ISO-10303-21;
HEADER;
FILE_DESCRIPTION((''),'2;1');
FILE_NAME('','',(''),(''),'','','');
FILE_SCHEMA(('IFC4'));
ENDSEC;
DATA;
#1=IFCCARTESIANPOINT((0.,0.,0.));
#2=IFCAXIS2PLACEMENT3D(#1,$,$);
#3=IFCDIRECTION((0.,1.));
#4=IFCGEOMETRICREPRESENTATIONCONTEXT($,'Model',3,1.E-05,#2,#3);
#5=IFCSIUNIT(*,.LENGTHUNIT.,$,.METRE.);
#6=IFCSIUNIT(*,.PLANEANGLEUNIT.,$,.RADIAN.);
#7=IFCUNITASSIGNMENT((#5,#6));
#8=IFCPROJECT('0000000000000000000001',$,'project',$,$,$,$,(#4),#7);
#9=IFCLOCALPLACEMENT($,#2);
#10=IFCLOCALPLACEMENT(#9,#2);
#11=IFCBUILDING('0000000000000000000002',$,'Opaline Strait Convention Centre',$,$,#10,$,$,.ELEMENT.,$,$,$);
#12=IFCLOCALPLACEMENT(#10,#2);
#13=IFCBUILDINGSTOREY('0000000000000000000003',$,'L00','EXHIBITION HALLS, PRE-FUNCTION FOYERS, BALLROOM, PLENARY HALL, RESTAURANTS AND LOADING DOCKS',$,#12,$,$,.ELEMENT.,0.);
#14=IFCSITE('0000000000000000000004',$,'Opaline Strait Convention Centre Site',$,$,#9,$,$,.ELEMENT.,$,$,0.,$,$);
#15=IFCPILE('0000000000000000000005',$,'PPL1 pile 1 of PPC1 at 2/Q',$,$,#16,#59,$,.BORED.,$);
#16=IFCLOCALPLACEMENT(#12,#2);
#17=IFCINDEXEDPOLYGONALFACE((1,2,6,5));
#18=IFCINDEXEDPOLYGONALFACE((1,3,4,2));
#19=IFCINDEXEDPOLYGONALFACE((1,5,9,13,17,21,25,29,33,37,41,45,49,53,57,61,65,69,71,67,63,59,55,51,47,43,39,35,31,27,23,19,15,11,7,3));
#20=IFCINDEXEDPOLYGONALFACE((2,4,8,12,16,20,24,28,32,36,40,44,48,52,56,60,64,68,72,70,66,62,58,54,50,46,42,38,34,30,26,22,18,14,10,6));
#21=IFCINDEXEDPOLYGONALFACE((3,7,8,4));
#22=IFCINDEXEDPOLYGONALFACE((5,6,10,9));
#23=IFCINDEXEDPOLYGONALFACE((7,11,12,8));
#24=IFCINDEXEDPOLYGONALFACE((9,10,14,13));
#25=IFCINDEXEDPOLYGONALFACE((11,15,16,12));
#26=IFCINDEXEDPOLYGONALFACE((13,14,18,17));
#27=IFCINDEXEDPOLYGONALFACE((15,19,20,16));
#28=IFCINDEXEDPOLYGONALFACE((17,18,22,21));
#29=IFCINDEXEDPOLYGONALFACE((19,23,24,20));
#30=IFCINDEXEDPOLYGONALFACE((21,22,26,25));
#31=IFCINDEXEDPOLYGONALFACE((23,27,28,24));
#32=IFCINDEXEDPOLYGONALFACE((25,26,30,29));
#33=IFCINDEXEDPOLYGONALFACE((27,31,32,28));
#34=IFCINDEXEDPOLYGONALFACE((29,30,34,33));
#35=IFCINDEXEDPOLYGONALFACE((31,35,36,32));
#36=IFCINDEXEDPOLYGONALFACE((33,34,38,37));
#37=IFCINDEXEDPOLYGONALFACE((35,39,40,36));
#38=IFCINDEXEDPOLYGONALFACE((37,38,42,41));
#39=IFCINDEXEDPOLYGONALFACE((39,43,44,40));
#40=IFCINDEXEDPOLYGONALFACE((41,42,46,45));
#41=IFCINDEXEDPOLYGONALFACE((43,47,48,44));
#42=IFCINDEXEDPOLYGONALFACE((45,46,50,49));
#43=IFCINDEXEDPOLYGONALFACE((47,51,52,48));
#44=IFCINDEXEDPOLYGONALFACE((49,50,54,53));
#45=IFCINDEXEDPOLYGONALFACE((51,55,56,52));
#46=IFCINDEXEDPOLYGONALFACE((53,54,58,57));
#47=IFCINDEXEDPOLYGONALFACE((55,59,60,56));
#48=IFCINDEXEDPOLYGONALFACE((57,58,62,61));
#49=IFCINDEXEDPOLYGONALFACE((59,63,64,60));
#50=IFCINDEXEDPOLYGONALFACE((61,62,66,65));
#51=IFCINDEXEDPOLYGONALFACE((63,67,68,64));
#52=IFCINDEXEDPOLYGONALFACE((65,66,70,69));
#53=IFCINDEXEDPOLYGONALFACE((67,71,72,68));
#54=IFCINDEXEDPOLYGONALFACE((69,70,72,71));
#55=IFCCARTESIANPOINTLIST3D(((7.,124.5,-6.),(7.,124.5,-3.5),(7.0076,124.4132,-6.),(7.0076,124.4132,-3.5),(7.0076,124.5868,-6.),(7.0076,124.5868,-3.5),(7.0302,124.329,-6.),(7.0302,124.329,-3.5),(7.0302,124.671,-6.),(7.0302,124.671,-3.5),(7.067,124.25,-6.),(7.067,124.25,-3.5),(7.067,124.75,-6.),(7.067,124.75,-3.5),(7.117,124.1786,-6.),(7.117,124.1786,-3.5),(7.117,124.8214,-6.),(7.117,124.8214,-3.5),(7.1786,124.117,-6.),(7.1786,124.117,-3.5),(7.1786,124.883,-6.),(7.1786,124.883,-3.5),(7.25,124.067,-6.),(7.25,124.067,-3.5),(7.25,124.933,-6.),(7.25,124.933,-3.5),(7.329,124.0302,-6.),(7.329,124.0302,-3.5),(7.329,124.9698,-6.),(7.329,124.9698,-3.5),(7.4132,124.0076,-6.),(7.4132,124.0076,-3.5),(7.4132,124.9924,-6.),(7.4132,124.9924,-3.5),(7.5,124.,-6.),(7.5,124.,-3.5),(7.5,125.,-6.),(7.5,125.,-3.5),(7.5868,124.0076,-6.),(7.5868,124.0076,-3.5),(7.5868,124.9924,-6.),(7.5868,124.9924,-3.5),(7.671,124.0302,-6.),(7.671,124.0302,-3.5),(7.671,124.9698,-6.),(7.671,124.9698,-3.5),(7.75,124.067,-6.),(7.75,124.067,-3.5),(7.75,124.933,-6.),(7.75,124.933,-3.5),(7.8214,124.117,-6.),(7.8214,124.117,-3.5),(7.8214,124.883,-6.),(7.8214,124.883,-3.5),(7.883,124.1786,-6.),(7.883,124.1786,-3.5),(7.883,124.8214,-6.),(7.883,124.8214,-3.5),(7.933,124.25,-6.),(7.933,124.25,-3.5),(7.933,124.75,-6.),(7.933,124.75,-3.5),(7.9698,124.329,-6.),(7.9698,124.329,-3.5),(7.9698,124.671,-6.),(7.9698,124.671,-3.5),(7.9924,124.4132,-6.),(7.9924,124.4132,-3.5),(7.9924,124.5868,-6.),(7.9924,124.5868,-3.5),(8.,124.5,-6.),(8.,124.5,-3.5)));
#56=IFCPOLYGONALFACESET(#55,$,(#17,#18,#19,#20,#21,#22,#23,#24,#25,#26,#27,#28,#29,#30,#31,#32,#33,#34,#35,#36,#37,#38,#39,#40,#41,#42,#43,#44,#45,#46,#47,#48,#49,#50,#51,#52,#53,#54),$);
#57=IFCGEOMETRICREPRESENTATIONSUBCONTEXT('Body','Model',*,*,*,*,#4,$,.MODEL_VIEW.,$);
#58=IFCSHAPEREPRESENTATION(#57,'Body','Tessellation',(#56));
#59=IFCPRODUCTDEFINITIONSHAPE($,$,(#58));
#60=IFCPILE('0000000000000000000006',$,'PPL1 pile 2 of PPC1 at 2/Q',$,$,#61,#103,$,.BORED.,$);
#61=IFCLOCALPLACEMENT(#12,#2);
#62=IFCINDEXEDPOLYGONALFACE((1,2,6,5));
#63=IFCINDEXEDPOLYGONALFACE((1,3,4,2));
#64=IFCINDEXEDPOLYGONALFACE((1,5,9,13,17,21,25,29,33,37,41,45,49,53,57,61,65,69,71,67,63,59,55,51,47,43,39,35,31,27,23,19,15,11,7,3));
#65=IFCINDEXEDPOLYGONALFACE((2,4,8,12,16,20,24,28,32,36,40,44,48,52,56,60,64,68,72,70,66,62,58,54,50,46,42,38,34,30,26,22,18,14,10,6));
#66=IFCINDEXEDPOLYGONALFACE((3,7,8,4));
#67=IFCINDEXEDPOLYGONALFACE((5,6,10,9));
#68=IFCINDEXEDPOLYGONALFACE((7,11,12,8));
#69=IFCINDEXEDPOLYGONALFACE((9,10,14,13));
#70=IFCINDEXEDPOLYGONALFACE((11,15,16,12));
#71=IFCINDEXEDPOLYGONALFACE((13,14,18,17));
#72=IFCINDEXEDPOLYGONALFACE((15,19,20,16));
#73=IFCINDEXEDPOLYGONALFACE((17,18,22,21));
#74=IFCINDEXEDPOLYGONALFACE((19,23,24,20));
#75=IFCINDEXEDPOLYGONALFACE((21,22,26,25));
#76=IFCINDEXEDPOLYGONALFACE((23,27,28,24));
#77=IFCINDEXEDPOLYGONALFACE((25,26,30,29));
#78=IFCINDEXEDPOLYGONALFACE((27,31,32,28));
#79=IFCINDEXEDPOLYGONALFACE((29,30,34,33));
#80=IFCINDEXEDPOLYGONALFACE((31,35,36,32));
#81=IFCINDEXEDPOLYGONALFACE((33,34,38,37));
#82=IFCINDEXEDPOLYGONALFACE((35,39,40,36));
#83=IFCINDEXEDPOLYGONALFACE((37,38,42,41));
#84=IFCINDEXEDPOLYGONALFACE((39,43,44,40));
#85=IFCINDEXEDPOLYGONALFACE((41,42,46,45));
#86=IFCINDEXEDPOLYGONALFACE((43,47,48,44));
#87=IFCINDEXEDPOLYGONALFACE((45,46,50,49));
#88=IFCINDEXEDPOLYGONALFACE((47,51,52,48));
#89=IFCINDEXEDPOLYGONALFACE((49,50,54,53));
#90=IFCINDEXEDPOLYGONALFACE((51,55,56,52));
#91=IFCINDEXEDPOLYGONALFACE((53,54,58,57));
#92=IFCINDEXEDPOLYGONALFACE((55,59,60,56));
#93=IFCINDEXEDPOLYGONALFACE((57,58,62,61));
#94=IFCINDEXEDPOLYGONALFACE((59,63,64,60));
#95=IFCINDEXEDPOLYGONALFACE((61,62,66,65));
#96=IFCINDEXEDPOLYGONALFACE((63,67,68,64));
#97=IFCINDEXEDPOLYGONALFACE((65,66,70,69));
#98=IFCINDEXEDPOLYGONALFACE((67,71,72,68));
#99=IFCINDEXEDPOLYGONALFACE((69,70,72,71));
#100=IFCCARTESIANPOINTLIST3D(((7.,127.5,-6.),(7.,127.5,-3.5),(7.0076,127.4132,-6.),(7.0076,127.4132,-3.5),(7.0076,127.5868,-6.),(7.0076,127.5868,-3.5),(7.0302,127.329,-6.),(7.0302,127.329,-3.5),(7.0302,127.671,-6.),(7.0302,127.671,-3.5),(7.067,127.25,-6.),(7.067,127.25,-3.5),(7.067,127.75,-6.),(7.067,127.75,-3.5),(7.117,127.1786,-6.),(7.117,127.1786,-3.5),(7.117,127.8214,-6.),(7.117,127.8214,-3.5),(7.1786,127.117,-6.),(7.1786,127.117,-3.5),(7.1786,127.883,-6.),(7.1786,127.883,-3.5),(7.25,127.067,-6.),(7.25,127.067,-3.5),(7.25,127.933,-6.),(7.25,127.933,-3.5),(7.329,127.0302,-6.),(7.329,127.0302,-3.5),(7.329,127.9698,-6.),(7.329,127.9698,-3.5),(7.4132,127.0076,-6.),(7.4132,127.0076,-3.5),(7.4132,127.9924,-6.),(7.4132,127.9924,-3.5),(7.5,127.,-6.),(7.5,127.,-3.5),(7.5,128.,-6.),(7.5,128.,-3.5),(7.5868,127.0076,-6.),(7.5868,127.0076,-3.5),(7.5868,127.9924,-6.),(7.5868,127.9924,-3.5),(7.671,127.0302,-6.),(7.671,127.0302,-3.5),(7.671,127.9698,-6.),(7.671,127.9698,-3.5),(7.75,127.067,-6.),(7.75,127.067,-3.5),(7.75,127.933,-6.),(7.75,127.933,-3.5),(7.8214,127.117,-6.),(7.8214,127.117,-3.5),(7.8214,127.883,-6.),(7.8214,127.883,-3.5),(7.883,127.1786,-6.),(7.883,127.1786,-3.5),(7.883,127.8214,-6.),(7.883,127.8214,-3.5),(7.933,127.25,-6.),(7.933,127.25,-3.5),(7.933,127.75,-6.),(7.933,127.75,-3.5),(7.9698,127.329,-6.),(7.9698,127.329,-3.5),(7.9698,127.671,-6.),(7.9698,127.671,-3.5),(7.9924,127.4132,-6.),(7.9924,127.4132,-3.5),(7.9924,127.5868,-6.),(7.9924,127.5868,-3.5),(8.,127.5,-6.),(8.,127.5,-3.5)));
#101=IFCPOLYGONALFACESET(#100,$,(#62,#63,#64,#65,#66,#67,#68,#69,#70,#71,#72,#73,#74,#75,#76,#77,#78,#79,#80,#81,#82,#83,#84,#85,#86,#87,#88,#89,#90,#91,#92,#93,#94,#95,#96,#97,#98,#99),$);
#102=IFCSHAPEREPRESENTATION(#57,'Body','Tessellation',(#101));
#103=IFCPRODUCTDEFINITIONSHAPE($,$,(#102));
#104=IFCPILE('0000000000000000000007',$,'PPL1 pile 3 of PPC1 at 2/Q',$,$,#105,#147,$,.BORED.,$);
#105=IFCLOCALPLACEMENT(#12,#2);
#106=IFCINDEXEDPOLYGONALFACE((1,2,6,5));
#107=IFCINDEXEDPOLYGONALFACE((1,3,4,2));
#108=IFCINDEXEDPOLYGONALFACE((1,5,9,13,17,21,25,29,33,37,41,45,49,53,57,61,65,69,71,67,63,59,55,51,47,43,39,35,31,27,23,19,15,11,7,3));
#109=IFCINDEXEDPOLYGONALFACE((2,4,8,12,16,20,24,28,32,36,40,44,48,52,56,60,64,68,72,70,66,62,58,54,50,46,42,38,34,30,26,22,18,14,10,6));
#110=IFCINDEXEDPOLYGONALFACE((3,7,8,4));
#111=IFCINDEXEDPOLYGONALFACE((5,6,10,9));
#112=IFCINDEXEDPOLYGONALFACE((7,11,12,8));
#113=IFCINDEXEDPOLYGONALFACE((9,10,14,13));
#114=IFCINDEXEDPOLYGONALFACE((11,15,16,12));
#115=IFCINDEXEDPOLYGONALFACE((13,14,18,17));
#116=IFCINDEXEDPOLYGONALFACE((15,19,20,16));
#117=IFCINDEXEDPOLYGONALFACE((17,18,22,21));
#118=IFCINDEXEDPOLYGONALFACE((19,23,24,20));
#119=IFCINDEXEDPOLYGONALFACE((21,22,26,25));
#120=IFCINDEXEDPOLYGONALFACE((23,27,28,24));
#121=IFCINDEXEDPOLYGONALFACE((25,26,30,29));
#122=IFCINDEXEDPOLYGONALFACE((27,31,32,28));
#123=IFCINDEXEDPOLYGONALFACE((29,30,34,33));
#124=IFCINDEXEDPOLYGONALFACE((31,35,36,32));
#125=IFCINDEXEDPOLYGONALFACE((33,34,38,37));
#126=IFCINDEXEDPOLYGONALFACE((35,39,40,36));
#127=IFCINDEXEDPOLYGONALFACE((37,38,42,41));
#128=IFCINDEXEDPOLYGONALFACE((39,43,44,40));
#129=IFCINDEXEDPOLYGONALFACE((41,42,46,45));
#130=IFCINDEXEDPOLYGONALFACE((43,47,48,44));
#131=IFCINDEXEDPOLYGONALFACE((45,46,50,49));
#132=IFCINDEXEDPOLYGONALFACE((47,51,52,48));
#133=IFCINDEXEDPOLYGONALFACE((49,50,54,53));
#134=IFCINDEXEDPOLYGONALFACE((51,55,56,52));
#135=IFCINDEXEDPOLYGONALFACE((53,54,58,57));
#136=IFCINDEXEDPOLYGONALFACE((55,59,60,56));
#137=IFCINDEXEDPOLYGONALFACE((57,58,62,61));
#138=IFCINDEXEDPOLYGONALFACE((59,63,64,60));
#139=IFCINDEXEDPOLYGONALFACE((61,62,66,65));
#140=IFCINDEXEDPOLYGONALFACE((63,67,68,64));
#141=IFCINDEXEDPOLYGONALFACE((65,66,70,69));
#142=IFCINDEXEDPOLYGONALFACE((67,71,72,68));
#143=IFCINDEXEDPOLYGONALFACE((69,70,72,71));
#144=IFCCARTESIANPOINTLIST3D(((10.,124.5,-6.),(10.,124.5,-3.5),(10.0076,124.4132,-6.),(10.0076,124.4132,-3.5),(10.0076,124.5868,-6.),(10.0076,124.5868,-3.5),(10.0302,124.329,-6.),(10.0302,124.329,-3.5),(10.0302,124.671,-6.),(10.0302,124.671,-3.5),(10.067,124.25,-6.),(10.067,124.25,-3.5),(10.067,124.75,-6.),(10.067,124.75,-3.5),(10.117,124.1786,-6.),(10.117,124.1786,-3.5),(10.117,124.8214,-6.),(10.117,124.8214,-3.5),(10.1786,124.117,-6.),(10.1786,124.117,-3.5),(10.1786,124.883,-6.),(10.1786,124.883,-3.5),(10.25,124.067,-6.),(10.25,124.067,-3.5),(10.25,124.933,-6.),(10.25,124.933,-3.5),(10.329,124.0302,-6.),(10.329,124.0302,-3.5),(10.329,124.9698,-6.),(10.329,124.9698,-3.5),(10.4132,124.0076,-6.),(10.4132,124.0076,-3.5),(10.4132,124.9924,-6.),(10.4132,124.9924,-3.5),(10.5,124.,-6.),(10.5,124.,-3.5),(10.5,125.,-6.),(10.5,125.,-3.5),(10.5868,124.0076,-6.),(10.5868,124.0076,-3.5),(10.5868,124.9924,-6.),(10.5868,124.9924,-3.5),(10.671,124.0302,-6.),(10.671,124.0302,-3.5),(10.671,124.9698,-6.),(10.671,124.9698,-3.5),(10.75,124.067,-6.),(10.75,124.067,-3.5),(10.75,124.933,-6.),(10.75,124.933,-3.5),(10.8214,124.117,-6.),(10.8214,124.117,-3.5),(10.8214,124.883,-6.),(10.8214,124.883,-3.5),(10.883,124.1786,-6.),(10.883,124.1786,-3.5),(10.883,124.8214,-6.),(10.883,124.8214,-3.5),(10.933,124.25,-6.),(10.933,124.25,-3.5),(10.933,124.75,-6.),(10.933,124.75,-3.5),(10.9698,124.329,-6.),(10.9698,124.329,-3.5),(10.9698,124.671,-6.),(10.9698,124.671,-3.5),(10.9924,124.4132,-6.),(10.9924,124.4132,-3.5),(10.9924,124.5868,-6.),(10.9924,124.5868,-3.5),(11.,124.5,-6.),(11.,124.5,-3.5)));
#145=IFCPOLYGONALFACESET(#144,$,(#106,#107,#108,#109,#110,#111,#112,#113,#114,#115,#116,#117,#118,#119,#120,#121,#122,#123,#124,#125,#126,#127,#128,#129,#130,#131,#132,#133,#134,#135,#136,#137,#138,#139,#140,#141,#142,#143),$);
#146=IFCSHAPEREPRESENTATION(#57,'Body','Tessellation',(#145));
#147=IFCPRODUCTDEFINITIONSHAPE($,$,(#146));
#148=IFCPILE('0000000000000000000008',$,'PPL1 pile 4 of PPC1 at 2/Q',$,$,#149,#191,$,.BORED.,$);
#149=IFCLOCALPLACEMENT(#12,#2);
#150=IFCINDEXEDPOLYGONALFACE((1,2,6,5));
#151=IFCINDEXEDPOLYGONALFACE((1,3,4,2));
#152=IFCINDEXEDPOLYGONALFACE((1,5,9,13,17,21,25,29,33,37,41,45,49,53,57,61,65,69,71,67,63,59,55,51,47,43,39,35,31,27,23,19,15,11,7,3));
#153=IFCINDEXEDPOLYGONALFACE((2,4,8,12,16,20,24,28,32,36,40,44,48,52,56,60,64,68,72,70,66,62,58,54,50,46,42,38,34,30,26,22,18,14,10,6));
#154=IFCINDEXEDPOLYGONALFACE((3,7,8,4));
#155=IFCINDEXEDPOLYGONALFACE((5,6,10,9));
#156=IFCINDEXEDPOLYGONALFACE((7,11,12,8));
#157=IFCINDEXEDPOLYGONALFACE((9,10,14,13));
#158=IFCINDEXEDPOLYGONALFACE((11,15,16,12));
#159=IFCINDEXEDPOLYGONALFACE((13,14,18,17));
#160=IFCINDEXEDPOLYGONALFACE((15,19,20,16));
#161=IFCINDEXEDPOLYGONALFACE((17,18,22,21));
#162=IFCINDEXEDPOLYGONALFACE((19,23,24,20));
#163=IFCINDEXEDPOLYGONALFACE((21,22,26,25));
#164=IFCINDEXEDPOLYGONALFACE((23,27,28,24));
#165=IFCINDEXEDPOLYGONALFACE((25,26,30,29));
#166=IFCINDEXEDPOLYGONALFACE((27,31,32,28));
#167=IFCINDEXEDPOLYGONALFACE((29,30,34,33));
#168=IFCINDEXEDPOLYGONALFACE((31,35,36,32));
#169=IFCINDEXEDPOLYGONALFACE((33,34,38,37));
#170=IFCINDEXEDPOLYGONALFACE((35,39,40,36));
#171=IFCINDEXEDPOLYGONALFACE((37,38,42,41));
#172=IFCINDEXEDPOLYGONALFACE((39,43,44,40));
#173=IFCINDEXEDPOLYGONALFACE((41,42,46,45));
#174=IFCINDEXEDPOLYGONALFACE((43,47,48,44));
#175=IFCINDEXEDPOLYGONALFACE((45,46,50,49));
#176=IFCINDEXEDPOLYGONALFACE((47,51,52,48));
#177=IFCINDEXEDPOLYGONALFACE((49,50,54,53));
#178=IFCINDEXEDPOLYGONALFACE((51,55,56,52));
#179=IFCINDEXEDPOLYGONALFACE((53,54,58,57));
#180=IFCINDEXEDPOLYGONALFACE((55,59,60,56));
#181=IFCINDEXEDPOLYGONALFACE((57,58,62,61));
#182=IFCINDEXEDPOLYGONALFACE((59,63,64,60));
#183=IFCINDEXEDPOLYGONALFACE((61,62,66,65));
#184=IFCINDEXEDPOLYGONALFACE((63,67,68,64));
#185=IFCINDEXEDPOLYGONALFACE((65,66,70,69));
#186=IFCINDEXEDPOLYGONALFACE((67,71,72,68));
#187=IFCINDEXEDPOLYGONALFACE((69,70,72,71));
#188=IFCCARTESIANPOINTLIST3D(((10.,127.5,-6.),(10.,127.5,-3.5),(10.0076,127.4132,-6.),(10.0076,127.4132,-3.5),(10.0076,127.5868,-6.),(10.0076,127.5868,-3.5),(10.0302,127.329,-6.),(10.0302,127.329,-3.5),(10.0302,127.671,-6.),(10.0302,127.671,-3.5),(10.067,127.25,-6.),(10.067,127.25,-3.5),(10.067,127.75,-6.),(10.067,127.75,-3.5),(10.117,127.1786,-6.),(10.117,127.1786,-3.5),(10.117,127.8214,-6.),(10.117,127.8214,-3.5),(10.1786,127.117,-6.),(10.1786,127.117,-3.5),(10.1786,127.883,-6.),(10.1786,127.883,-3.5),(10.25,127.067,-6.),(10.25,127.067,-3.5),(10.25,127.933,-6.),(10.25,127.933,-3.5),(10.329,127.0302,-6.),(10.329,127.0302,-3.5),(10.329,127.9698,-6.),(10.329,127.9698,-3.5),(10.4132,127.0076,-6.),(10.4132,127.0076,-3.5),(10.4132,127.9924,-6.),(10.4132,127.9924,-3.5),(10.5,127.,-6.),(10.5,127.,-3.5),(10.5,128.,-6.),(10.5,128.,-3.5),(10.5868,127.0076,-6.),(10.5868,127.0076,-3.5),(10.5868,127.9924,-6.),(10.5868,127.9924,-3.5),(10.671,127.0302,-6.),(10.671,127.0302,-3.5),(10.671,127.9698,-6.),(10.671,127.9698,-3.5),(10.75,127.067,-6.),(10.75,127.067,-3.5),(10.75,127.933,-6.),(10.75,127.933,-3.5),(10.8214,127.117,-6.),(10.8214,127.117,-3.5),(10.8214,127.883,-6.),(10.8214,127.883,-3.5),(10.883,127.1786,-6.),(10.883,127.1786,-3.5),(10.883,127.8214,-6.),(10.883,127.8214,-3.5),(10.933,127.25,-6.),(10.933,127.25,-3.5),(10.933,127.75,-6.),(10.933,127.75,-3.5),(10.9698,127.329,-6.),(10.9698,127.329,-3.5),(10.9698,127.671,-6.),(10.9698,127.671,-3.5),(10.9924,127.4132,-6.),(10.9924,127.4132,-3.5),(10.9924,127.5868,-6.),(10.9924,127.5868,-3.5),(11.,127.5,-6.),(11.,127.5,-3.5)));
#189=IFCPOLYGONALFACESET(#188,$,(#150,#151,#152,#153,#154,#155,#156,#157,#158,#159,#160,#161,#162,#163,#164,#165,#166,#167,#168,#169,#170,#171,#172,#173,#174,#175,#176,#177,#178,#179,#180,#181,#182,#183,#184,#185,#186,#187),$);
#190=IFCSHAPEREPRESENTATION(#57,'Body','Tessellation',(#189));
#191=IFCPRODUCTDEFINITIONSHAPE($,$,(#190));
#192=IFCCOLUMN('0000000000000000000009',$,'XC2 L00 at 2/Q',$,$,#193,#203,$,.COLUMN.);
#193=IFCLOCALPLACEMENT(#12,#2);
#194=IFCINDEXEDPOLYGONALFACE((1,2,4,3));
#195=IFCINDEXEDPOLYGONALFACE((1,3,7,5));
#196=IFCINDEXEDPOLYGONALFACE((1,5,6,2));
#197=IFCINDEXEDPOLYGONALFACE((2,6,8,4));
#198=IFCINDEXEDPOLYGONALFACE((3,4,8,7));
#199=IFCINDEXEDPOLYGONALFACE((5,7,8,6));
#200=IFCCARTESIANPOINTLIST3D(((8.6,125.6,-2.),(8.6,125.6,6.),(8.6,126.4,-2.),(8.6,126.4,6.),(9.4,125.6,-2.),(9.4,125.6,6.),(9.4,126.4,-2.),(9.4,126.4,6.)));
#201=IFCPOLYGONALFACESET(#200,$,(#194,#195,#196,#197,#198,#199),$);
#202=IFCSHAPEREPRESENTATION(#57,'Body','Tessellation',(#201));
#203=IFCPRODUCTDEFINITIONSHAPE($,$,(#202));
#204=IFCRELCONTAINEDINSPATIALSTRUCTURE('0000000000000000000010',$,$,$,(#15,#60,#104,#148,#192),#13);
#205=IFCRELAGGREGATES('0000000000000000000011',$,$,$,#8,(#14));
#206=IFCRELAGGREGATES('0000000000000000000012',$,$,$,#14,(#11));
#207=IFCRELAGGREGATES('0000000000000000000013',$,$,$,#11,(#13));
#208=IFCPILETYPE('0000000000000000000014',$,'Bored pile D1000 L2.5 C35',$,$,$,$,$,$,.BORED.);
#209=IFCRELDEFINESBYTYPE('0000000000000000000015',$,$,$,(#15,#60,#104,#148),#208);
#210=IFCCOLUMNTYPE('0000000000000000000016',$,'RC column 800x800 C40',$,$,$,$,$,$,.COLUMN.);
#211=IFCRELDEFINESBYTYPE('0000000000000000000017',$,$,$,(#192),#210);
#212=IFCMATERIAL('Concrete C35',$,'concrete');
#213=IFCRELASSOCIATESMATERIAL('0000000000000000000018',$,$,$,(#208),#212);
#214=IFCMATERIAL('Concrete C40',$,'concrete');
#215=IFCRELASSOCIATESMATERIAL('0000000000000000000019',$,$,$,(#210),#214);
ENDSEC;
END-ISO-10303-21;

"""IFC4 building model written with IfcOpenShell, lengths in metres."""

from ifc_helpers import new_model, si_unit, direction, frame, origin, origin_2d, place, context, subcontext, project, spatial, rectangle, circle, extrude, material, material_profile, profile_set, type_object, element, save


model = new_model("IFC4")

# Units and contexts
model_context = context("Model", 3, precision=1e-05, world=origin(), true_north=direction((0.0, 1.0)))
body_context = subcontext(model_context, "Body", "Model", "MODEL_VIEW")
ifc_project = project(units=[si_unit("LENGTHUNIT", "METRE"), si_unit("PLANEANGLEUNIT", "RADIAN")], contexts=[model_context])

# Site, building, storey
site_placement = place(None, origin())
site = spatial("IfcSite", under=ifc_project, at=site_placement, Name="Opaline Strait Convention Centre Site", CompositionType="ELEMENT", RefElevation=0.0)
building_placement = place(site_placement, origin())
building = spatial("IfcBuilding", under=site, at=building_placement, Name="Opaline Strait Convention Centre", CompositionType="ELEMENT")
storey_placement = place(building_placement, origin())
storey = spatial("IfcBuildingStorey", under=building, at=storey_placement, Name="L00", Description="EXHIBITION HALLS, PRE-FUNCTION FOYERS, BALLROOM, PLENARY HALL, RESTAURANTS AND LOADING DOCKS", CompositionType="ELEMENT", Elevation=0.0)

# Piles
ifc_material_1 = material(Name="Concrete C35", Category="concrete")
ifc_material_profile_1 = material_profile(ifc_material_1, circle(Radius=0.5, at=origin_2d()), Name="D1000")
ifc_profile_set_1 = profile_set([ifc_material_profile_1], Name="Concrete C35")
pile_type = type_object("IfcPileType", Name="Bored pile D1000 L2.5 C35", PredefinedType="BORED", material=ifc_profile_set_1)
for number, where, z_axis, x_axis, name in (
    (1, (7.5, 124.5, -3.5), (0.0, 0.0, -1.0), (1.0, 0.0, 0.0), "PPL1 pile 1 of PPC1 at 2/Q"),
    (2, (7.5, 127.5, -3.5), (0.0, 0.0, -1.0), (1.0, 0.0, 0.0), "PPL1 pile 2 of PPC1 at 2/Q"),
    (3, (10.5, 124.5, -3.5), (0.0, 0.0, -1.0), (1.0, 0.0, 0.0), "PPL1 pile 3 of PPC1 at 2/Q"),
    (4, (10.5, 127.5, -3.5), (0.0, 0.0, -1.0), (1.0, 0.0, 0.0), "PPL1 pile 4 of PPC1 at 2/Q"),
):
    element("IfcPile", number, at=place(storey_placement, frame(where, z_axis=z_axis, x_axis=x_axis)), inside=storey, type_object=pile_type, Name=name, PredefinedType="BORED", context=body_context, shape_type="SweptSolid", body=[
        extrude(circle(Radius=0.5, at=origin_2d()), origin(), (0.0, 0.0, 1.0), 2.5),
    ])

# Column
ifc_material_2 = material(Name="Concrete C40", Category="concrete")
ifc_material_profile_2 = material_profile(ifc_material_2, rectangle(XDim=0.8, YDim=0.8, at=origin_2d()), Name="RC 800x800")
ifc_profile_set_2 = profile_set([ifc_material_profile_2], Name="Concrete C40")
column_type = type_object("IfcColumnType", Name="RC column 800x800 C40", PredefinedType="COLUMN", material=ifc_profile_set_2)
column_placement = place(storey_placement, frame((9.0, 126.0, -2.0), z_axis=(0.0, 0.0, 1.0), x_axis=(1.0, 0.0, 0.0)))
element("IfcColumn", 5, at=column_placement, inside=storey, type_object=column_type, Name="XC2 L00 at 2/Q", PredefinedType="COLUMN", context=body_context, shape_type="SweptSolid", body=[
    extrude(rectangle(XDim=0.8, YDim=0.8, at=origin_2d()), origin(), (0.0, 0.0, 1.0), 8.0),
])

save(model, "model.ifc")
